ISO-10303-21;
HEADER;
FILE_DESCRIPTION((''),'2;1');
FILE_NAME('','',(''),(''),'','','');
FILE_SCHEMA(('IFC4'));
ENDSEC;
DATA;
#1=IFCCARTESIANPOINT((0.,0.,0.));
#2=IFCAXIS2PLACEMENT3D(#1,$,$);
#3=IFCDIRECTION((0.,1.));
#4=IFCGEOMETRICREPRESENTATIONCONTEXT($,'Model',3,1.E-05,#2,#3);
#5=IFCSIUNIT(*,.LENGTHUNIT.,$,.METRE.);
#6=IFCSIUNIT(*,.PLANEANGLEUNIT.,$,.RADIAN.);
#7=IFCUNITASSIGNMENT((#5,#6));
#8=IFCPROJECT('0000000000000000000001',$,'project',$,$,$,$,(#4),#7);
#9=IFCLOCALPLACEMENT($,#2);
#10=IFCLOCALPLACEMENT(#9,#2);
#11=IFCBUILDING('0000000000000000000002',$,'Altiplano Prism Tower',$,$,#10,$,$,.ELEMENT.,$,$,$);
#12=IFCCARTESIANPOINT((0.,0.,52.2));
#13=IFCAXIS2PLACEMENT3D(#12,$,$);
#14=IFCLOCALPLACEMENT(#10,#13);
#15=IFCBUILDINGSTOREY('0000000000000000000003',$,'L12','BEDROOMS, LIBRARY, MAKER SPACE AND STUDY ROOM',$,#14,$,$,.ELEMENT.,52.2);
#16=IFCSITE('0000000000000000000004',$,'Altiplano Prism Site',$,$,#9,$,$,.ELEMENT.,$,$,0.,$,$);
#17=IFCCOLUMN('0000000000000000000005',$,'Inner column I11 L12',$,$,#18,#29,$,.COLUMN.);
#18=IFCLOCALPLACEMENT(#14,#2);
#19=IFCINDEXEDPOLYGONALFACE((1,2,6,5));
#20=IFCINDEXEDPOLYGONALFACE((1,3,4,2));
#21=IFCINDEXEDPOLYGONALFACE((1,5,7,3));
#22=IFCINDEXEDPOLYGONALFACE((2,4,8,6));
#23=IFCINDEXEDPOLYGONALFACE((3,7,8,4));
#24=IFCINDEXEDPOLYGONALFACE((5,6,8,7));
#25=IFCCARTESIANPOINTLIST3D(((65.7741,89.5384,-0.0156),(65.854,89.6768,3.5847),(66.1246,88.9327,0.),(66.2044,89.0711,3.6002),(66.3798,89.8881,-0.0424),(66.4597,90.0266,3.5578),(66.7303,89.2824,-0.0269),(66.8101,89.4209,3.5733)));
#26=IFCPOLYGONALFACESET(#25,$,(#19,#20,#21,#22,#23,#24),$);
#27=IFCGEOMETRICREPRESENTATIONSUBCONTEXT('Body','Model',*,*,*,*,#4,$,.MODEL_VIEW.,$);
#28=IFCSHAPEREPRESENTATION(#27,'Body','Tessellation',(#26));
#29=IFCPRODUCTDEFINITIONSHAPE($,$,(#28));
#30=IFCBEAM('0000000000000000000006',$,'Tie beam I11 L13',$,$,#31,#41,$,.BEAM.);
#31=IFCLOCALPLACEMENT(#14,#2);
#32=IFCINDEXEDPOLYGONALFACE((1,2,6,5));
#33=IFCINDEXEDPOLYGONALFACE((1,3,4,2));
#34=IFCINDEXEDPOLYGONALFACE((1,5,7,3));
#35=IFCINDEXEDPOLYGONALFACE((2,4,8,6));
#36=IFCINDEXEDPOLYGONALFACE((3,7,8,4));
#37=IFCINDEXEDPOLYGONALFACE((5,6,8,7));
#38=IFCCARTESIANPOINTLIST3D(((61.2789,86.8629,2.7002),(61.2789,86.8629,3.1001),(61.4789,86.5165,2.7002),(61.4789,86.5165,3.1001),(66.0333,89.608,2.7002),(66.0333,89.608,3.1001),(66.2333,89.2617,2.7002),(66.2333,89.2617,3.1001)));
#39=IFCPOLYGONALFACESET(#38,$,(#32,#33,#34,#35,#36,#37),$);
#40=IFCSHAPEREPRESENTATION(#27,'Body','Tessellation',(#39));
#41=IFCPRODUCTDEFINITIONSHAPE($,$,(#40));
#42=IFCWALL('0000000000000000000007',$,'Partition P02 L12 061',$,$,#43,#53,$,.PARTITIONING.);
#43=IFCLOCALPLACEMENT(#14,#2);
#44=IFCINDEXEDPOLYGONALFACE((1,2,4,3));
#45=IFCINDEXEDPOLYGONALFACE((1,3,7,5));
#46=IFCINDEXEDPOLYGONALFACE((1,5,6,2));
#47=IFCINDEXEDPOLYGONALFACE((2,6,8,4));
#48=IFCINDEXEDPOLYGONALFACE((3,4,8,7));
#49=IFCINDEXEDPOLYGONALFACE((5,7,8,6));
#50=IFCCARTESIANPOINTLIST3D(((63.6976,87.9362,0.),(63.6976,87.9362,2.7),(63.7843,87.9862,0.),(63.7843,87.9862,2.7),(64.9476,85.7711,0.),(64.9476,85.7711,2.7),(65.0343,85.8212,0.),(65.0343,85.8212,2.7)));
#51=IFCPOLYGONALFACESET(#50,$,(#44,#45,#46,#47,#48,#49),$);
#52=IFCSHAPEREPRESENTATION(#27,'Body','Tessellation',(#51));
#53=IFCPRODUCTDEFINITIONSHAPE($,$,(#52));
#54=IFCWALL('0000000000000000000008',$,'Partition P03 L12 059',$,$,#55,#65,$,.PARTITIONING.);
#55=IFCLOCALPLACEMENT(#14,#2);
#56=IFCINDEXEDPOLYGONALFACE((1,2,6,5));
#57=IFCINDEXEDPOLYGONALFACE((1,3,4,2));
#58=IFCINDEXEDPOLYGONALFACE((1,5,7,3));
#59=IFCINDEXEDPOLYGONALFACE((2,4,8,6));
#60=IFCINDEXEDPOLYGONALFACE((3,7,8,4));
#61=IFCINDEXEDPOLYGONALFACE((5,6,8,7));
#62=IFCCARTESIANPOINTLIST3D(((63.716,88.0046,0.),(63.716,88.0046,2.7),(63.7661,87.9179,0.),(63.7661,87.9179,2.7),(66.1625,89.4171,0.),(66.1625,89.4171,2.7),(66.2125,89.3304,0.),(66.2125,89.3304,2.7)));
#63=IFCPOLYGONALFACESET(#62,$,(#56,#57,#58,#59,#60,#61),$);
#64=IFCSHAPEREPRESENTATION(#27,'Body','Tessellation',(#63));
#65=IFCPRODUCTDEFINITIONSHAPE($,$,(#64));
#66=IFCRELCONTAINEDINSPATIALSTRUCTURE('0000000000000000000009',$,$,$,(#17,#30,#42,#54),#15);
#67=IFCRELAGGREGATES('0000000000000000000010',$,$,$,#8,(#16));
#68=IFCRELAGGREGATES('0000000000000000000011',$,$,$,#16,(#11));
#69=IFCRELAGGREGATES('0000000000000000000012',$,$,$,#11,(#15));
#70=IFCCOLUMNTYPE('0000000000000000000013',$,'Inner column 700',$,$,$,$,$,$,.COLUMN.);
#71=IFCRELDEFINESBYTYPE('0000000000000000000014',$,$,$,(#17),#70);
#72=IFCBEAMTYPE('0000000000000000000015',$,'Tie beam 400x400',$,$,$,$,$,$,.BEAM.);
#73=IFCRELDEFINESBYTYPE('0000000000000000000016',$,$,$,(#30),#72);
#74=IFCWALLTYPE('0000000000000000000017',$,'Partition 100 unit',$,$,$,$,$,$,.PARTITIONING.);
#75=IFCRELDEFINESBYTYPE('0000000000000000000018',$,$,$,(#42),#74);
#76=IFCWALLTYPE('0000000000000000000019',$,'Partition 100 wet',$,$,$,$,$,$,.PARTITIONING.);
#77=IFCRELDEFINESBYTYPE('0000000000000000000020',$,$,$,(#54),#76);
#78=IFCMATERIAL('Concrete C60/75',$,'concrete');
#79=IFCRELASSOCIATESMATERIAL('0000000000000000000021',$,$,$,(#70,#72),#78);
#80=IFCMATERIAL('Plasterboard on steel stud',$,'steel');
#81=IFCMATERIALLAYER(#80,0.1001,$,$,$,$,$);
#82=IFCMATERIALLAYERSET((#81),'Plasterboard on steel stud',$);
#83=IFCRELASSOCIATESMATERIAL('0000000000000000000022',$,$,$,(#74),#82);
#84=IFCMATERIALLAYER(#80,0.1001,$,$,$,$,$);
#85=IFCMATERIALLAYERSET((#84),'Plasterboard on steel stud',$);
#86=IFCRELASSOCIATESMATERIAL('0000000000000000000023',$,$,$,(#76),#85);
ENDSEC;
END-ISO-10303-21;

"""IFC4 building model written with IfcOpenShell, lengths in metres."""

from ifc_helpers import new_model, si_unit, direction, frame, frame_2d, origin, origin_2d, place, context, subcontext, project, spatial, rectangle, extrude, material, layer, layer_set, material_profile, profile_set, type_object, element, save


model = new_model("IFC4")

# Units and contexts
model_context = context("Model", 3, precision=1e-05, world=origin(), true_north=direction((0.0, 1.0)))
body_context = subcontext(model_context, "Body", "Model", "MODEL_VIEW")
ifc_project = project(units=[si_unit("LENGTHUNIT", "METRE"), si_unit("PLANEANGLEUNIT", "RADIAN")], contexts=[model_context])

# Site, building, storey
site_placement = place(None, origin())
site = spatial("IfcSite", under=ifc_project, at=site_placement, Name="Altiplano Prism Site", CompositionType="ELEMENT", RefElevation=0.0)
building_placement = place(site_placement, origin())
building = spatial("IfcBuilding", under=site, at=building_placement, Name="Altiplano Prism Tower", CompositionType="ELEMENT")
storey_placement = place(building_placement, frame((0.0, 0.0, 52.2)))
storey = spatial("IfcBuildingStorey", under=building, at=storey_placement, Name="L12", Description="BEDROOMS, LIBRARY, MAKER SPACE AND STUDY ROOM", CompositionType="ELEMENT", Elevation=52.2)

# Column
ifc_material_1 = material(Name="Concrete C60/75", Category="concrete")
ifc_material_profile_1 = material_profile(ifc_material_1, rectangle(XDim=0.7, YDim=0.7, at=origin_2d()), Name="Inner column 700")
ifc_profile_set_1 = profile_set([ifc_material_profile_1], Name="Concrete C60/75")
column_type = type_object("IfcColumnType", Name="Inner column 700", PredefinedType="COLUMN", material=ifc_profile_set_1)
column_placement = place(storey_placement, frame((66.2522, 89.4104, -0.0212), z_axis=(0.022154, 0.038413, 0.999016), x_axis=(-0.865358, -0.499681, 0.038403)))
element("IfcColumn", 1, at=column_placement, inside=storey, type_object=column_type, Name="Inner column I11 L12", PredefinedType="COLUMN", context=body_context, shape_type="SweptSolid", body=[
    extrude(rectangle(XDim=0.7, YDim=0.7, at=origin_2d()), origin(), (0.0, 0.0, 1.0), 3.6038),
])

# Beam
ifc_material_profile_2 = material_profile(ifc_material_1, rectangle(XDim=0.3999, YDim=0.3999, at=origin_2d()), Name="Tie beam 400x400")
ifc_profile_set_2 = profile_set([ifc_material_profile_2], Name="Concrete C60/75")
beam_type = type_object("IfcBeamType", Name="Tie beam 400x400", PredefinedType="BEAM", material=ifc_profile_set_2)
beam_placement = place(storey_placement, frame((66.1333, 89.4348, 2.9001), z_axis=(-0.866012, -0.500023, 0.0), x_axis=(0.500023, -0.866012, 0.0)))
element("IfcBeam", 2, at=beam_placement, inside=storey, type_object=beam_type, Name="Tie beam I11 L13", PredefinedType="BEAM", context=body_context, shape_type="SweptSolid", body=[
    extrude(rectangle(XDim=0.3999, YDim=0.3999, at=origin_2d()), origin(), (0.0, 0.0, 1.0), 5.49),
])

# Walls
ifc_material_2 = material(Name="Plasterboard on steel stud", Category="steel")
ifc_layer_1 = layer(ifc_material_2, 0.1001)
ifc_layer_set_1 = layer_set([ifc_layer_1], Name="Plasterboard on steel stud")
wall_type_1 = type_object("IfcWallType", Name="Partition 100 unit", PredefinedType="PARTITIONING", material=ifc_layer_set_1)
wall_1_placement = place(storey_placement, frame((64.991, 85.7961, 0.0), z_axis=(0.0, 0.0, 1.0), x_axis=(-0.500004, 0.866023, 0.0)))
element("IfcWall", 3, at=wall_1_placement, inside=storey, type_object=wall_type_1, Name="Partition P02 L12 061", PredefinedType="PARTITIONING", context=body_context, shape_type="SweptSolid", body=[
    extrude(rectangle(XDim=2.5, YDim=0.1001, at=frame_2d((1.25, 0.0))), origin(), (0.0, 0.0, 1.0), 2.7),
])
ifc_layer_2 = layer(ifc_material_2, 0.1001)
ifc_layer_set_2 = layer_set([ifc_layer_2], Name="Plasterboard on steel stud")
wall_type_2 = type_object("IfcWallType", Name="Partition 100 wet", PredefinedType="PARTITIONING", material=ifc_layer_set_2)
wall_2_placement = place(storey_placement, frame((63.741, 87.9612, 0.0), z_axis=(0.0, 0.0, 1.0), x_axis=(0.866011, 0.500024, 0.0)))
element("IfcWall", 4, at=wall_2_placement, inside=storey, type_object=wall_type_2, Name="Partition P03 L12 059", PredefinedType="PARTITIONING", context=body_context, shape_type="SweptSolid", body=[
    extrude(rectangle(XDim=2.825, YDim=0.1001, at=frame_2d((1.4126, 0.0))), origin(), (0.0, 0.0, 1.0), 2.7),
])

save(model, "model.ifc")
